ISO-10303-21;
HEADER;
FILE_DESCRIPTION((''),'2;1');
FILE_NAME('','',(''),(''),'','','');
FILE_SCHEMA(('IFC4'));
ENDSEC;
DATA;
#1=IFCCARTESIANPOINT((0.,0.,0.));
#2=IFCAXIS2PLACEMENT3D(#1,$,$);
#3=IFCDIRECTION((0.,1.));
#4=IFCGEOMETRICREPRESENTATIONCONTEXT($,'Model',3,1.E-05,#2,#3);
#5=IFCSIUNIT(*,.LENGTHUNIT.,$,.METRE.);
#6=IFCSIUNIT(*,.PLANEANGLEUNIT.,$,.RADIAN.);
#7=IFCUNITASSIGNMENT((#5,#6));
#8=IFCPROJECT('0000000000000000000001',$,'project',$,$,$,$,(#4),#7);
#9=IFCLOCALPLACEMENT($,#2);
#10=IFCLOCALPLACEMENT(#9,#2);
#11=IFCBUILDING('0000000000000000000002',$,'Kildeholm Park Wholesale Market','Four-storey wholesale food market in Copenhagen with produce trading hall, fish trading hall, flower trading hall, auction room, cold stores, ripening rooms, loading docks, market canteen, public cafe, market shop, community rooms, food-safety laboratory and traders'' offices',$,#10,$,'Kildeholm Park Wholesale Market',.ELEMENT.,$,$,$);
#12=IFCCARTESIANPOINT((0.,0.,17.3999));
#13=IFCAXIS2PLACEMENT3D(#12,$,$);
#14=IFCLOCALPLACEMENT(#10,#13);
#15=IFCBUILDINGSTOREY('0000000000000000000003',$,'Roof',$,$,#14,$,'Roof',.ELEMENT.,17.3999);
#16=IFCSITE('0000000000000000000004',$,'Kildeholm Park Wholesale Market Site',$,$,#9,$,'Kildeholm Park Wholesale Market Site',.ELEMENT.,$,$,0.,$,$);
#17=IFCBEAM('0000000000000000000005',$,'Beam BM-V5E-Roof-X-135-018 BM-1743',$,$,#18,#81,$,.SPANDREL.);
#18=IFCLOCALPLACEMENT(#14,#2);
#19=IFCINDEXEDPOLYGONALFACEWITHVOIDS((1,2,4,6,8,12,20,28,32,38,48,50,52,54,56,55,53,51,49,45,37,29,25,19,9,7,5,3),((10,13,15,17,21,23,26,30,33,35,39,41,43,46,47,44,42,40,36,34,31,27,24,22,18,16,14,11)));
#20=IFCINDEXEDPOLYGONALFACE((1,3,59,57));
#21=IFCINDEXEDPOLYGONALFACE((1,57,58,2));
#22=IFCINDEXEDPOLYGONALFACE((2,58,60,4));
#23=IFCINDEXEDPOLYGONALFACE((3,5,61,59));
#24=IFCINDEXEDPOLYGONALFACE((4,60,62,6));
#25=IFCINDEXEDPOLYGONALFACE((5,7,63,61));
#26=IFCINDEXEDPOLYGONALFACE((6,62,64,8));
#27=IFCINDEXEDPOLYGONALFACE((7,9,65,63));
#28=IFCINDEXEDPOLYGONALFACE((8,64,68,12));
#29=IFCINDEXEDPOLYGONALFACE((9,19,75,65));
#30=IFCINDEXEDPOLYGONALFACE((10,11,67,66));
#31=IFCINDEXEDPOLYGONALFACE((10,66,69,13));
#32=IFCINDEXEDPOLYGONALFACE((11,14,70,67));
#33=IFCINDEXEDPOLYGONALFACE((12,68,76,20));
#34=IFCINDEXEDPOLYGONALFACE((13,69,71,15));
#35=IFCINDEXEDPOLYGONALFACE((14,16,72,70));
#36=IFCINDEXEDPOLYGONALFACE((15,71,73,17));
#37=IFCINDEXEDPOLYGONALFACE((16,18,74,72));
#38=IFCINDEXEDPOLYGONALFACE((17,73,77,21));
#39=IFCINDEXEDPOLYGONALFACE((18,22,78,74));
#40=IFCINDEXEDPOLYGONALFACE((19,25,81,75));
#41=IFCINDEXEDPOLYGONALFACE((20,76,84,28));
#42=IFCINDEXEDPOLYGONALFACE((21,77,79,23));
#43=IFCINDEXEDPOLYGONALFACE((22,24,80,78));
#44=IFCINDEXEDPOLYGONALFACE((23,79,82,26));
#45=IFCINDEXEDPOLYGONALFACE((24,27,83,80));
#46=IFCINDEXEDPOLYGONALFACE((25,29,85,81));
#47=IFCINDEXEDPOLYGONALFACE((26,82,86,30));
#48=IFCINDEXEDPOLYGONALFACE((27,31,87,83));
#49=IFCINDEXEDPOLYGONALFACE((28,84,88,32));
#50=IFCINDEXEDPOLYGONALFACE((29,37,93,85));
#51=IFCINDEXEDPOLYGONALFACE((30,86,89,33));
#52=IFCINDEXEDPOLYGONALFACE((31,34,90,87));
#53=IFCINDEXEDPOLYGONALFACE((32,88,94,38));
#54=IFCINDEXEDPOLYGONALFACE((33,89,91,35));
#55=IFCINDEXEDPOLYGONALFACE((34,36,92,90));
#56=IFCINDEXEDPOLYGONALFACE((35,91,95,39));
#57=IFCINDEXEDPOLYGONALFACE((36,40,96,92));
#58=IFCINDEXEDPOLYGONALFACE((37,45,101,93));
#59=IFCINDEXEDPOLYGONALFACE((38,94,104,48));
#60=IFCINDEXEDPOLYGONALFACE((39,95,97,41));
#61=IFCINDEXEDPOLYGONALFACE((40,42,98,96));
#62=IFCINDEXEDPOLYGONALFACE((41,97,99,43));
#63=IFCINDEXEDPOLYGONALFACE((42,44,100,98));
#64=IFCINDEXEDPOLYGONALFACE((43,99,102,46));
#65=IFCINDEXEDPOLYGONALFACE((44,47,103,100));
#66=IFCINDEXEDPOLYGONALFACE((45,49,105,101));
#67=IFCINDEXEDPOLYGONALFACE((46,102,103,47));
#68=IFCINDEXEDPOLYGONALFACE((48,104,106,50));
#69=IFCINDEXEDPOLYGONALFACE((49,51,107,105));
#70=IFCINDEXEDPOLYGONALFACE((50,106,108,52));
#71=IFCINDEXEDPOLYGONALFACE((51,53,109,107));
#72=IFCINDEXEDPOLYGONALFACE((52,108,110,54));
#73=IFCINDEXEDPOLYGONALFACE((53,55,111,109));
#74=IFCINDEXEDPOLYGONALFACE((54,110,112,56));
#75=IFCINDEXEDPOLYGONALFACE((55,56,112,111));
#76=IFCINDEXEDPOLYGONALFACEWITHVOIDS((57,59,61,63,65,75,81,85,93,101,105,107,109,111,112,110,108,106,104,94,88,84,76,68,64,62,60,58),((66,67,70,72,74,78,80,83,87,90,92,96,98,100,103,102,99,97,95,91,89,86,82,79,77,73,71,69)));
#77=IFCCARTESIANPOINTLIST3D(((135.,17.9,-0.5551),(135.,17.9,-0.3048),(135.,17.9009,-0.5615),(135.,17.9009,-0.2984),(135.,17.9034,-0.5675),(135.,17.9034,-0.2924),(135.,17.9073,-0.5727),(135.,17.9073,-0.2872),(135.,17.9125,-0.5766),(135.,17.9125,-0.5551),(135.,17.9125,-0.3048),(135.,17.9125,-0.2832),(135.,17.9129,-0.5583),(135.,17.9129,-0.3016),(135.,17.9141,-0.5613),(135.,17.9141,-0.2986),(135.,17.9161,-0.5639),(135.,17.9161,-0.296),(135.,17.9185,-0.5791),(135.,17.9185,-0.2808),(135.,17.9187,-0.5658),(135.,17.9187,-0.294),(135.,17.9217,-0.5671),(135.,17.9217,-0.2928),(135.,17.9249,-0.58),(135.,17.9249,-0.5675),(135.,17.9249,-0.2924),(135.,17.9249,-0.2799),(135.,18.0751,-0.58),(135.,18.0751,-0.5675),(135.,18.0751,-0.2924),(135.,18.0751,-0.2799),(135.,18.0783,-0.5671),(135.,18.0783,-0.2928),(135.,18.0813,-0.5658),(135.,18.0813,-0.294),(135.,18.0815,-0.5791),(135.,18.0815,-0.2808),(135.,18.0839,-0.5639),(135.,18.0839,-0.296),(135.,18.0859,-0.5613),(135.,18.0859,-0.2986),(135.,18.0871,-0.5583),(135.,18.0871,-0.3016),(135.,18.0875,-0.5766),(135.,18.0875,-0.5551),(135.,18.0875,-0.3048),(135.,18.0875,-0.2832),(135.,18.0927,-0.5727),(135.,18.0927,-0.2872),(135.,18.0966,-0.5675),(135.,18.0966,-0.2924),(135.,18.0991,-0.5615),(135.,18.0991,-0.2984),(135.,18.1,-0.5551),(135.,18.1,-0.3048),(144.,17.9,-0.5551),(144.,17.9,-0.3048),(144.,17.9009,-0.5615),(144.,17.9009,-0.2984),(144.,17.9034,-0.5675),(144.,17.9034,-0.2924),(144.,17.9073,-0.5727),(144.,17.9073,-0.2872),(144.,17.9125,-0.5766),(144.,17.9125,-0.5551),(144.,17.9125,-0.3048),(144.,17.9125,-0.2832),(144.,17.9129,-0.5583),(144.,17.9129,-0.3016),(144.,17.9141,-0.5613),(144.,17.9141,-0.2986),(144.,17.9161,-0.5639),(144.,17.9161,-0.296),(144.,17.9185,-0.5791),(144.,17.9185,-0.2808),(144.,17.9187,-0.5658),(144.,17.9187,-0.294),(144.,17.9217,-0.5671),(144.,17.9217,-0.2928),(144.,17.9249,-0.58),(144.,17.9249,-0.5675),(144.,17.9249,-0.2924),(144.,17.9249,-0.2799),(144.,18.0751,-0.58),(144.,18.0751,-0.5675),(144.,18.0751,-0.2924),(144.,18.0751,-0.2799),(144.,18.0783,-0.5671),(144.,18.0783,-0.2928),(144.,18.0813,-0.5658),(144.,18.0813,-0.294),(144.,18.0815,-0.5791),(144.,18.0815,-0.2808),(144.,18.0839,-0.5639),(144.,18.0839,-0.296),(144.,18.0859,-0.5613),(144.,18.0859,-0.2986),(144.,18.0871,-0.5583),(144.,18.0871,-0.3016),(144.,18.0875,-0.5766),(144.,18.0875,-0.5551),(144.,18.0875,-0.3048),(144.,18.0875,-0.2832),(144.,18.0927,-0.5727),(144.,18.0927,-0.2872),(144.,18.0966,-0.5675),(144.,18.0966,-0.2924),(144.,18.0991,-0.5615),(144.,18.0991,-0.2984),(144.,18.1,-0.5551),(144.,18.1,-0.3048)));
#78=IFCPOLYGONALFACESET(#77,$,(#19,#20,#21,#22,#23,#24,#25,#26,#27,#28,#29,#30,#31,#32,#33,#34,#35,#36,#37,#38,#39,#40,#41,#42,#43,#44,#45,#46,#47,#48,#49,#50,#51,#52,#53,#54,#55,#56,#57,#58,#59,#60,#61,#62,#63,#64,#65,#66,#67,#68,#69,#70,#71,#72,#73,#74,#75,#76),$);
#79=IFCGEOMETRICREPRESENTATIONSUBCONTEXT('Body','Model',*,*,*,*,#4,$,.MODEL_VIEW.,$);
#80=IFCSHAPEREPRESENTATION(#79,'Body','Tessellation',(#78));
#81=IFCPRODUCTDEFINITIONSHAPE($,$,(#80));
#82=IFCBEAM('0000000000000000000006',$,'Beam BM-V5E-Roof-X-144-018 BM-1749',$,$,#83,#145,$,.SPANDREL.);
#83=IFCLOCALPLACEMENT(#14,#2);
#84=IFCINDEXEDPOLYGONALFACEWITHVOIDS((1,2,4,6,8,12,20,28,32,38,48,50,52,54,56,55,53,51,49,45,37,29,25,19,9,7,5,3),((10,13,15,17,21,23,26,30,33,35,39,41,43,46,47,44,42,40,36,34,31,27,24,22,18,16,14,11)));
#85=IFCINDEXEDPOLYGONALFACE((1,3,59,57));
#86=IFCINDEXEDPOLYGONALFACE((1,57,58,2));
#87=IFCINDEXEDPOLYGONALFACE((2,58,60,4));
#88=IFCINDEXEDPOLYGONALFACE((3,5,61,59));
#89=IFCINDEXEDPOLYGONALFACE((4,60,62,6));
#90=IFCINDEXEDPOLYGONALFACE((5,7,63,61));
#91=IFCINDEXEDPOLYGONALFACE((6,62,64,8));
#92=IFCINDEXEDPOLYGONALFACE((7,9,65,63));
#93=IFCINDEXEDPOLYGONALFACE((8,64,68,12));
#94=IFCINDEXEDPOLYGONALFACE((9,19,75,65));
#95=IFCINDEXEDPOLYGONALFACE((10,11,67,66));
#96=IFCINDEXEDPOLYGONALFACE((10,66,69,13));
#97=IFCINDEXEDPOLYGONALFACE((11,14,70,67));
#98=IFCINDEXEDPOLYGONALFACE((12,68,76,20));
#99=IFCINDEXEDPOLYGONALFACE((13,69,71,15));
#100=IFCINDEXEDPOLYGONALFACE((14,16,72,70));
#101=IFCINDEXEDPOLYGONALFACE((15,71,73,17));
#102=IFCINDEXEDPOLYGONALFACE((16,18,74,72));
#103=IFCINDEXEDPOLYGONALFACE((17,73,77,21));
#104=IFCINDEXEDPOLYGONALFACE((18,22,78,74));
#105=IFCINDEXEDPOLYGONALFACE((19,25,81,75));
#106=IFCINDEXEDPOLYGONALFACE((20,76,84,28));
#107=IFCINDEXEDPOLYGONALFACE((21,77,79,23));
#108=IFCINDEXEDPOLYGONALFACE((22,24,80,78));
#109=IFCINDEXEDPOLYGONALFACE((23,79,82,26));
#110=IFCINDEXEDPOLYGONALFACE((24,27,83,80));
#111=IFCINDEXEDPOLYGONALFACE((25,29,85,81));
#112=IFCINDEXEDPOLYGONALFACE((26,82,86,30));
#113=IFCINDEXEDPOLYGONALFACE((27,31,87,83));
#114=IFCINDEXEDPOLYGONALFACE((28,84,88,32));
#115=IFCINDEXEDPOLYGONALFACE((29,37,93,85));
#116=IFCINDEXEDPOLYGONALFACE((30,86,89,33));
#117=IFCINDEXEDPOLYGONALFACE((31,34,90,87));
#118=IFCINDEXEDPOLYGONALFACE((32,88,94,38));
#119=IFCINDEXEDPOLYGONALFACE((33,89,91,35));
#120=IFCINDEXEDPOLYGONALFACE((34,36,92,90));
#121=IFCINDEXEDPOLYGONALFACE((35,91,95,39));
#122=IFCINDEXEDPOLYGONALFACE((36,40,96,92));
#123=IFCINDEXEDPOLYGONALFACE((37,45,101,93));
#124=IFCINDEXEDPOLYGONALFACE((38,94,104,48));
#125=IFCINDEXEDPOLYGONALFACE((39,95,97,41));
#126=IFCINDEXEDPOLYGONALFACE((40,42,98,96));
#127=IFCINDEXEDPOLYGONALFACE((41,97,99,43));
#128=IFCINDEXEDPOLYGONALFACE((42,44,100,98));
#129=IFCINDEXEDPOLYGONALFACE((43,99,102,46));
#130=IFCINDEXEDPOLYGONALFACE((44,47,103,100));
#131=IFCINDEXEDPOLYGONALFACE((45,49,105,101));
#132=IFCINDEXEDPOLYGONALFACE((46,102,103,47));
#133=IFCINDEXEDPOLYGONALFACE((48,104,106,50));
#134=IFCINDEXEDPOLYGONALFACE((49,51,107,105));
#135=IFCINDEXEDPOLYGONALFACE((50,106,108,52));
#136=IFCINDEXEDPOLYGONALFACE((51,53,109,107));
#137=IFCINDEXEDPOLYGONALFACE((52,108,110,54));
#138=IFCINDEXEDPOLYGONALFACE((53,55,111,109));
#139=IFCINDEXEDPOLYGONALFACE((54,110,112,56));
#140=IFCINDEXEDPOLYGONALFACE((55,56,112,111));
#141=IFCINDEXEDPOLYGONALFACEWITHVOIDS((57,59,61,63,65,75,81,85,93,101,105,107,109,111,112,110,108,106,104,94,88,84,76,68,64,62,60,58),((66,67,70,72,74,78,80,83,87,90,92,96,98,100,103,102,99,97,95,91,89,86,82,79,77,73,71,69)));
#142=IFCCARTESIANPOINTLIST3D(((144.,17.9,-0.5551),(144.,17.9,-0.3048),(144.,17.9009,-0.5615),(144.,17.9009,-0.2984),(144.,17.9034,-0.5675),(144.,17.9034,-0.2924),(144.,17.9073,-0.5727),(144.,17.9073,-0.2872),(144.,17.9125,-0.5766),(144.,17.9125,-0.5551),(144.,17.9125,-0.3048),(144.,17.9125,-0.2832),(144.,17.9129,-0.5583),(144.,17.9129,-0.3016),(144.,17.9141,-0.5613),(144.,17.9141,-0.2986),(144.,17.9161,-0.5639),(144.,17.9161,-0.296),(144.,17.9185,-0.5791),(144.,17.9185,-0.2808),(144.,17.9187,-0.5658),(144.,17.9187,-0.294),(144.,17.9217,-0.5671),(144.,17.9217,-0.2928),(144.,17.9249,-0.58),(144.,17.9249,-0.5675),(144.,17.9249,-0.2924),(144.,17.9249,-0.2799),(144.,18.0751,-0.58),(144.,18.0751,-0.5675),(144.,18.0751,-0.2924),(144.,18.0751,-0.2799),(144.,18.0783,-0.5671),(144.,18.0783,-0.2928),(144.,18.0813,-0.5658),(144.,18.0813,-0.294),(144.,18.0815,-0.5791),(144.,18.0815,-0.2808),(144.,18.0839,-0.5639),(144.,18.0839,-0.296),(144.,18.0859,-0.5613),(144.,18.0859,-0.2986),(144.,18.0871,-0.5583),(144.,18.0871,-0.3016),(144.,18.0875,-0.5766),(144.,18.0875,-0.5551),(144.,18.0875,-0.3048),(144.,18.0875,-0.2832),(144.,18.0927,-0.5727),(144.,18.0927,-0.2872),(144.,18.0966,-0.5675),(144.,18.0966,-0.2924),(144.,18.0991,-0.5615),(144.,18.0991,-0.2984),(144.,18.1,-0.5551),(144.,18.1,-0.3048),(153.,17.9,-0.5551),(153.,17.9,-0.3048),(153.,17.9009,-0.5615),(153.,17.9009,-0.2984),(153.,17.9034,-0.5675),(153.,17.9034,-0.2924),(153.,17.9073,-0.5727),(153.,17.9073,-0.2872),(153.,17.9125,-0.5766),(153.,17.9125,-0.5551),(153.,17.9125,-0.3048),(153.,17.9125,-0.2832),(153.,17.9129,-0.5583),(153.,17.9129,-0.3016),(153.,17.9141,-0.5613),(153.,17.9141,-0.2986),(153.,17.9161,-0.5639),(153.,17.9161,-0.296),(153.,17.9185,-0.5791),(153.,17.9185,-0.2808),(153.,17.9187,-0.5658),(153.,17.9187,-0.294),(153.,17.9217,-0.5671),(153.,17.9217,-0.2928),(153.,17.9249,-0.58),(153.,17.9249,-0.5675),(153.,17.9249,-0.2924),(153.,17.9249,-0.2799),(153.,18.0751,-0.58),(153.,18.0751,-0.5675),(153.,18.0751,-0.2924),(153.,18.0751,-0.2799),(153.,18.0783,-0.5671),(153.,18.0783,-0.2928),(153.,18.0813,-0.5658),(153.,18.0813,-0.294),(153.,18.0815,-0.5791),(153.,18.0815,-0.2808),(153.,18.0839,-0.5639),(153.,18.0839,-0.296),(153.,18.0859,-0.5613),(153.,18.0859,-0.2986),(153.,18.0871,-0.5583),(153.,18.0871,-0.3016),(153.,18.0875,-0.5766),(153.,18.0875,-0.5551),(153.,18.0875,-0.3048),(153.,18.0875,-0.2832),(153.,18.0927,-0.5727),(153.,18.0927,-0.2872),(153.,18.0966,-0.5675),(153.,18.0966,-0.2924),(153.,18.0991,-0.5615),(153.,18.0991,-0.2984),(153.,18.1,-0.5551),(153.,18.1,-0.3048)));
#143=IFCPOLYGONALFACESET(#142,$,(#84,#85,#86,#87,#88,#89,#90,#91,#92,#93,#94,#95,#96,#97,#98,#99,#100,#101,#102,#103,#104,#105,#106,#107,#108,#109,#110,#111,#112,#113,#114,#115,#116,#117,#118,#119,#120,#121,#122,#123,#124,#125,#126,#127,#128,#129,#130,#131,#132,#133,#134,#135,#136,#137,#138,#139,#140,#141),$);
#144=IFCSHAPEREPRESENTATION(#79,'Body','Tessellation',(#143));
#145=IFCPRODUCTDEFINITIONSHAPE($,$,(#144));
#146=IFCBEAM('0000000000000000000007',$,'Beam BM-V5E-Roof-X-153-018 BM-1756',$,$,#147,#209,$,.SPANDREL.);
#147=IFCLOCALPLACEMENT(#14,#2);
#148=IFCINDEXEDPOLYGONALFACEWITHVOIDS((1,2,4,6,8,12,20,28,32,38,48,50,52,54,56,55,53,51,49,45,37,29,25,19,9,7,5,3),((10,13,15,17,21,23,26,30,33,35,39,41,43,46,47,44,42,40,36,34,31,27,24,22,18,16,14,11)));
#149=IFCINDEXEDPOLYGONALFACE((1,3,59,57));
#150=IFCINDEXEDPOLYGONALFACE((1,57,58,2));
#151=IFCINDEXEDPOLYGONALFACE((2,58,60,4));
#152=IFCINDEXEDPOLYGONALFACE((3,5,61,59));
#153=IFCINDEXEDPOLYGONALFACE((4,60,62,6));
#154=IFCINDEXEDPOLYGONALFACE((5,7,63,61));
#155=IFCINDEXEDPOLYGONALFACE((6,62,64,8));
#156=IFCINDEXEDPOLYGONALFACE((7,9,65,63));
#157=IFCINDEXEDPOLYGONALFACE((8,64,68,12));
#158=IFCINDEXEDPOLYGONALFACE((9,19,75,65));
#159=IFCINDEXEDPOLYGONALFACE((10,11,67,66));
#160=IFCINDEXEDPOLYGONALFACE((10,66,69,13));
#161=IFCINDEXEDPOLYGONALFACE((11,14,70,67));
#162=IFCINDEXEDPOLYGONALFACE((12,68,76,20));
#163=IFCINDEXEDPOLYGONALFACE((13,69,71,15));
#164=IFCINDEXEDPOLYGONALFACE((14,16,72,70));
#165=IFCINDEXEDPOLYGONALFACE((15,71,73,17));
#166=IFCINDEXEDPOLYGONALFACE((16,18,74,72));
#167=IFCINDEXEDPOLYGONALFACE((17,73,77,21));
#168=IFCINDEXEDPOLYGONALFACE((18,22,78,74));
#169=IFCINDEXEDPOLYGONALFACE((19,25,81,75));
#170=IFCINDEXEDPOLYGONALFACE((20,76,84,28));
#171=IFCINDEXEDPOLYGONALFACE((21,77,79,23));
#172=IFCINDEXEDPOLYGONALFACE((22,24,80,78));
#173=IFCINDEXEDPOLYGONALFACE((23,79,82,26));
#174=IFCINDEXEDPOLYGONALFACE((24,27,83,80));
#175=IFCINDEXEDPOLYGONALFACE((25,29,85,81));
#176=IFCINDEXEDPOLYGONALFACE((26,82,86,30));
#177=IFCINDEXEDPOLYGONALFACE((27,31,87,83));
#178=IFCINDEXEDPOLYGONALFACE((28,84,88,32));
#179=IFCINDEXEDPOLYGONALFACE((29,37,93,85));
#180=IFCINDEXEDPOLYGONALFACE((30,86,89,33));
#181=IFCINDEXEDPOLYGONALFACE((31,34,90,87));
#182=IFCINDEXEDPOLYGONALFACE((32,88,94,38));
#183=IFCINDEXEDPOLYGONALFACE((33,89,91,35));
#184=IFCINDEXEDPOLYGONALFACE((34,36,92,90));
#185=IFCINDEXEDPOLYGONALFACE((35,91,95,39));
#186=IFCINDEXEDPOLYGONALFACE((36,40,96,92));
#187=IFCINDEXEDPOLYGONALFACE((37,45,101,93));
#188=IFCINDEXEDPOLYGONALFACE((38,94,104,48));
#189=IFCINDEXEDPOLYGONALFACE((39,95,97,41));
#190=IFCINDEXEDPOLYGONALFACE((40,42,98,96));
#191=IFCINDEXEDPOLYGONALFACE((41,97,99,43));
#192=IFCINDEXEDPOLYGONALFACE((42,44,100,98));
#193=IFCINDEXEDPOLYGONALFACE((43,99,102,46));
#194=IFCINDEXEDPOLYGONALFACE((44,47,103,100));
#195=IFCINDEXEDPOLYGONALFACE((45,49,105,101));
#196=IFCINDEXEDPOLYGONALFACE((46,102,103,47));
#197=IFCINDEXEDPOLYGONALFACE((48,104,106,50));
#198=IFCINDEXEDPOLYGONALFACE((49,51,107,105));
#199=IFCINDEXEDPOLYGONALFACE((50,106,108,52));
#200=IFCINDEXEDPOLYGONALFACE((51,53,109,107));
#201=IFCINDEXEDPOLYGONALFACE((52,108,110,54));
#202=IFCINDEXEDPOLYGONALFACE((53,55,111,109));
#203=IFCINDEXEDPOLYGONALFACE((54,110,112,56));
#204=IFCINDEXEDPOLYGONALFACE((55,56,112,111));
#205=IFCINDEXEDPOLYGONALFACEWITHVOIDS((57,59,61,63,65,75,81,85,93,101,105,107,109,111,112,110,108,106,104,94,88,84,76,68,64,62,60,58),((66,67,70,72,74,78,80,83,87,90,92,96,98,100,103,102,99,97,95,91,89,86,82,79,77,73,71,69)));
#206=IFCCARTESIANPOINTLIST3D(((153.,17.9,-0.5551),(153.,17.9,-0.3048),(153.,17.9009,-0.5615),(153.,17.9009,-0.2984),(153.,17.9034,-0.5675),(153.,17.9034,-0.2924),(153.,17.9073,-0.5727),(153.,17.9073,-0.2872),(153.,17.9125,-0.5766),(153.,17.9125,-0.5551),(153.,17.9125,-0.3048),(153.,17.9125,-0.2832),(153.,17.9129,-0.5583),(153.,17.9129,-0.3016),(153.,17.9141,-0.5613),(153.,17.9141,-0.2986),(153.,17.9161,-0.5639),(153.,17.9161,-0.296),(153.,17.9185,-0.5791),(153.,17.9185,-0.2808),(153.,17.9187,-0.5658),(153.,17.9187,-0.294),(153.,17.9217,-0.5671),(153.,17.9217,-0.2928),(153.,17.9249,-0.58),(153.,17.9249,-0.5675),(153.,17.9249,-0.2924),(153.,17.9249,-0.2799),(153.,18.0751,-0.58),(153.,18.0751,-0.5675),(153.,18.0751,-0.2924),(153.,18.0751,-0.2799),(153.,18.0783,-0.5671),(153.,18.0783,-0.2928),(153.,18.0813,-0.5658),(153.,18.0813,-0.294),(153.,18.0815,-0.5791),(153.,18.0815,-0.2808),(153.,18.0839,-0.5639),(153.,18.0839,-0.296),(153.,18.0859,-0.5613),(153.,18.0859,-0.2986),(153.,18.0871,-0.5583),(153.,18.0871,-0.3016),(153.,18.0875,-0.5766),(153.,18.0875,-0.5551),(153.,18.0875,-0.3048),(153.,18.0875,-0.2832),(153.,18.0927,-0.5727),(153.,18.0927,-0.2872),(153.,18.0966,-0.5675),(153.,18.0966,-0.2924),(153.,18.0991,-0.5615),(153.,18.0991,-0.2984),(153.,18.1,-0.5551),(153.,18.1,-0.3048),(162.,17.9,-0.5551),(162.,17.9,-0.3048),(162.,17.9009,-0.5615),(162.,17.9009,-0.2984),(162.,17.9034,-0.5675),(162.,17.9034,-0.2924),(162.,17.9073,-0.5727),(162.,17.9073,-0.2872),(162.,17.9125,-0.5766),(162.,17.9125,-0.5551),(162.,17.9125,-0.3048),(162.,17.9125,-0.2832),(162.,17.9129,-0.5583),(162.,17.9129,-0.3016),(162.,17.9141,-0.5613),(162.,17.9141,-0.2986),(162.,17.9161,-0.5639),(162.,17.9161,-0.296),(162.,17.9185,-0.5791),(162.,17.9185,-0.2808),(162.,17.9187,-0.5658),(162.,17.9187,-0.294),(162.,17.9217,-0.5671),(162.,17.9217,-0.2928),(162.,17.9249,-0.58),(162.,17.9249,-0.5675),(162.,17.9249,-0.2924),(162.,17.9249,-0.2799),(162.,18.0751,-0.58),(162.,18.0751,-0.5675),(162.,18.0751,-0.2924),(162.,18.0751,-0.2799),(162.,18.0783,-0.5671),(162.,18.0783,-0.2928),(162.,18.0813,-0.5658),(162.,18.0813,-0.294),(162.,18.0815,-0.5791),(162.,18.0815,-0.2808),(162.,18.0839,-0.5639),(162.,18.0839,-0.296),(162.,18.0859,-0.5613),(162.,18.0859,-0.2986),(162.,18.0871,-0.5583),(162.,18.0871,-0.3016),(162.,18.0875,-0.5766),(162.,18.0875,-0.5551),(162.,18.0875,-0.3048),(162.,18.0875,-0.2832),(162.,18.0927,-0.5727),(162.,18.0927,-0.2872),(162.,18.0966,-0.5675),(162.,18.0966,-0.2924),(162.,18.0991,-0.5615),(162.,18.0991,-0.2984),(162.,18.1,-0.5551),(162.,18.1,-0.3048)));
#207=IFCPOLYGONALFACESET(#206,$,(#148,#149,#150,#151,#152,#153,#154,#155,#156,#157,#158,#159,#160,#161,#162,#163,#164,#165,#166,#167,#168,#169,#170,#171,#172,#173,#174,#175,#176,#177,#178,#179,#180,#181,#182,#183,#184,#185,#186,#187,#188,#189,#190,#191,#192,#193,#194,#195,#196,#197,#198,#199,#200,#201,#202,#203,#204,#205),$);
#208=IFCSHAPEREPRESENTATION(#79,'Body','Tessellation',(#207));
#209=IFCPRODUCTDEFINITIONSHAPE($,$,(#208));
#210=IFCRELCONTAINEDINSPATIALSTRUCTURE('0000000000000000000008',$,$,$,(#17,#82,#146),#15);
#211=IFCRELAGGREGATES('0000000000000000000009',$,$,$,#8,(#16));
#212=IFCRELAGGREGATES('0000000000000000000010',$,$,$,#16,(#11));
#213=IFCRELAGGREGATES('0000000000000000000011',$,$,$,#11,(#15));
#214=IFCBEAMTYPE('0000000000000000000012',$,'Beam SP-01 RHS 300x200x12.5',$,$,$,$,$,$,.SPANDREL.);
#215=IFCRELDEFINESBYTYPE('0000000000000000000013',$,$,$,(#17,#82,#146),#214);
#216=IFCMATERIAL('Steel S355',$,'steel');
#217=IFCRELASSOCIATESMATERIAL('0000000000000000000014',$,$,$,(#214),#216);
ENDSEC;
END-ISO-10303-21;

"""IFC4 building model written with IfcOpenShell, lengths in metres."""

from ifc_helpers import new_model, si_unit, direction, frame, origin, origin_2d, place, context, subcontext, project, spatial, hollow_rectangle, extrude, material, material_profile, profile_set, type_object, element, save


model = new_model("IFC4")

# Units and contexts
model_context = context("Model", 3, precision=1e-05, world=origin(), true_north=direction((0.0, 1.0)))
body_context = subcontext(model_context, "Body", "Model", "MODEL_VIEW")
ifc_project = project(units=[si_unit("LENGTHUNIT", "METRE"), si_unit("PLANEANGLEUNIT", "RADIAN")], contexts=[model_context])

# Site, building, storey
site_placement = place(None, origin())
site = spatial("IfcSite", under=ifc_project, at=site_placement, Name="Kildeholm Park Wholesale Market Site", LongName="Kildeholm Park Wholesale Market Site", CompositionType="ELEMENT", RefElevation=0.0)
building_placement = place(site_placement, origin())
building = spatial("IfcBuilding", under=site, at=building_placement, Name="Kildeholm Park Wholesale Market", Description="Four-storey wholesale food market in Copenhagen with produce trading hall, fish trading hall, flower trading hall, auction room, cold stores, ripening rooms, loading docks, market canteen, public cafe, market shop, community rooms, food-safety laboratory and traders' offices", LongName="Kildeholm Park Wholesale Market", CompositionType="ELEMENT")
storey_placement = place(building_placement, frame((0.0, 0.0, 17.3999)))
storey = spatial("IfcBuildingStorey", under=building, at=storey_placement, Name="Roof", LongName="Roof", CompositionType="ELEMENT", Elevation=17.3999)

# Beams
ifc_material_1 = material(Name="Steel S355", Category="steel")
ifc_material_profile_1 = material_profile(ifc_material_1, hollow_rectangle(XDim=0.2, YDim=0.3, WallThickness=0.0125, InnerFilletRadius=0.0125, OuterFilletRadius=0.0249, at=origin_2d()), Name="RHS 300x200x12.5")
ifc_profile_set_1 = profile_set([ifc_material_profile_1], Name="Steel S355")
beam_type_1 = type_object("IfcBeamType", Name="Beam SP-01 RHS 300x200x12.5", PredefinedType="SPANDREL", material=ifc_profile_set_1)
for number, where, z_axis, x_axis, name in (
    (1, (135.0, 18.0, -0.4299), (1.0, 0.0, 0.0), (0.0, 1.0, 0.0), "Beam BM-V5E-Roof-X-135-018 BM-1743"),
    (2, (144.0, 18.0, -0.4299), (1.0, 0.0, 0.0), (0.0, 1.0, 0.0), "Beam BM-V5E-Roof-X-144-018 BM-1749"),
    (3, (153.0, 18.0, -0.4299), (1.0, 0.0, 0.0), (0.0, 1.0, 0.0), "Beam BM-V5E-Roof-X-153-018 BM-1756"),
):
    element("IfcBeam", number, at=place(storey_placement, frame(where, z_axis=z_axis, x_axis=x_axis)), inside=storey, type_object=beam_type_1, Name=name, PredefinedType="SPANDREL", context=body_context, shape_type="SweptSolid", body=[
        extrude(hollow_rectangle(XDim=0.2, YDim=0.3, WallThickness=0.0125, InnerFilletRadius=0.0125, OuterFilletRadius=0.0249, at=origin_2d()), origin(), (0.0, 0.0, 1.0), 9.0),
    ])

save(model, "model.ifc")
